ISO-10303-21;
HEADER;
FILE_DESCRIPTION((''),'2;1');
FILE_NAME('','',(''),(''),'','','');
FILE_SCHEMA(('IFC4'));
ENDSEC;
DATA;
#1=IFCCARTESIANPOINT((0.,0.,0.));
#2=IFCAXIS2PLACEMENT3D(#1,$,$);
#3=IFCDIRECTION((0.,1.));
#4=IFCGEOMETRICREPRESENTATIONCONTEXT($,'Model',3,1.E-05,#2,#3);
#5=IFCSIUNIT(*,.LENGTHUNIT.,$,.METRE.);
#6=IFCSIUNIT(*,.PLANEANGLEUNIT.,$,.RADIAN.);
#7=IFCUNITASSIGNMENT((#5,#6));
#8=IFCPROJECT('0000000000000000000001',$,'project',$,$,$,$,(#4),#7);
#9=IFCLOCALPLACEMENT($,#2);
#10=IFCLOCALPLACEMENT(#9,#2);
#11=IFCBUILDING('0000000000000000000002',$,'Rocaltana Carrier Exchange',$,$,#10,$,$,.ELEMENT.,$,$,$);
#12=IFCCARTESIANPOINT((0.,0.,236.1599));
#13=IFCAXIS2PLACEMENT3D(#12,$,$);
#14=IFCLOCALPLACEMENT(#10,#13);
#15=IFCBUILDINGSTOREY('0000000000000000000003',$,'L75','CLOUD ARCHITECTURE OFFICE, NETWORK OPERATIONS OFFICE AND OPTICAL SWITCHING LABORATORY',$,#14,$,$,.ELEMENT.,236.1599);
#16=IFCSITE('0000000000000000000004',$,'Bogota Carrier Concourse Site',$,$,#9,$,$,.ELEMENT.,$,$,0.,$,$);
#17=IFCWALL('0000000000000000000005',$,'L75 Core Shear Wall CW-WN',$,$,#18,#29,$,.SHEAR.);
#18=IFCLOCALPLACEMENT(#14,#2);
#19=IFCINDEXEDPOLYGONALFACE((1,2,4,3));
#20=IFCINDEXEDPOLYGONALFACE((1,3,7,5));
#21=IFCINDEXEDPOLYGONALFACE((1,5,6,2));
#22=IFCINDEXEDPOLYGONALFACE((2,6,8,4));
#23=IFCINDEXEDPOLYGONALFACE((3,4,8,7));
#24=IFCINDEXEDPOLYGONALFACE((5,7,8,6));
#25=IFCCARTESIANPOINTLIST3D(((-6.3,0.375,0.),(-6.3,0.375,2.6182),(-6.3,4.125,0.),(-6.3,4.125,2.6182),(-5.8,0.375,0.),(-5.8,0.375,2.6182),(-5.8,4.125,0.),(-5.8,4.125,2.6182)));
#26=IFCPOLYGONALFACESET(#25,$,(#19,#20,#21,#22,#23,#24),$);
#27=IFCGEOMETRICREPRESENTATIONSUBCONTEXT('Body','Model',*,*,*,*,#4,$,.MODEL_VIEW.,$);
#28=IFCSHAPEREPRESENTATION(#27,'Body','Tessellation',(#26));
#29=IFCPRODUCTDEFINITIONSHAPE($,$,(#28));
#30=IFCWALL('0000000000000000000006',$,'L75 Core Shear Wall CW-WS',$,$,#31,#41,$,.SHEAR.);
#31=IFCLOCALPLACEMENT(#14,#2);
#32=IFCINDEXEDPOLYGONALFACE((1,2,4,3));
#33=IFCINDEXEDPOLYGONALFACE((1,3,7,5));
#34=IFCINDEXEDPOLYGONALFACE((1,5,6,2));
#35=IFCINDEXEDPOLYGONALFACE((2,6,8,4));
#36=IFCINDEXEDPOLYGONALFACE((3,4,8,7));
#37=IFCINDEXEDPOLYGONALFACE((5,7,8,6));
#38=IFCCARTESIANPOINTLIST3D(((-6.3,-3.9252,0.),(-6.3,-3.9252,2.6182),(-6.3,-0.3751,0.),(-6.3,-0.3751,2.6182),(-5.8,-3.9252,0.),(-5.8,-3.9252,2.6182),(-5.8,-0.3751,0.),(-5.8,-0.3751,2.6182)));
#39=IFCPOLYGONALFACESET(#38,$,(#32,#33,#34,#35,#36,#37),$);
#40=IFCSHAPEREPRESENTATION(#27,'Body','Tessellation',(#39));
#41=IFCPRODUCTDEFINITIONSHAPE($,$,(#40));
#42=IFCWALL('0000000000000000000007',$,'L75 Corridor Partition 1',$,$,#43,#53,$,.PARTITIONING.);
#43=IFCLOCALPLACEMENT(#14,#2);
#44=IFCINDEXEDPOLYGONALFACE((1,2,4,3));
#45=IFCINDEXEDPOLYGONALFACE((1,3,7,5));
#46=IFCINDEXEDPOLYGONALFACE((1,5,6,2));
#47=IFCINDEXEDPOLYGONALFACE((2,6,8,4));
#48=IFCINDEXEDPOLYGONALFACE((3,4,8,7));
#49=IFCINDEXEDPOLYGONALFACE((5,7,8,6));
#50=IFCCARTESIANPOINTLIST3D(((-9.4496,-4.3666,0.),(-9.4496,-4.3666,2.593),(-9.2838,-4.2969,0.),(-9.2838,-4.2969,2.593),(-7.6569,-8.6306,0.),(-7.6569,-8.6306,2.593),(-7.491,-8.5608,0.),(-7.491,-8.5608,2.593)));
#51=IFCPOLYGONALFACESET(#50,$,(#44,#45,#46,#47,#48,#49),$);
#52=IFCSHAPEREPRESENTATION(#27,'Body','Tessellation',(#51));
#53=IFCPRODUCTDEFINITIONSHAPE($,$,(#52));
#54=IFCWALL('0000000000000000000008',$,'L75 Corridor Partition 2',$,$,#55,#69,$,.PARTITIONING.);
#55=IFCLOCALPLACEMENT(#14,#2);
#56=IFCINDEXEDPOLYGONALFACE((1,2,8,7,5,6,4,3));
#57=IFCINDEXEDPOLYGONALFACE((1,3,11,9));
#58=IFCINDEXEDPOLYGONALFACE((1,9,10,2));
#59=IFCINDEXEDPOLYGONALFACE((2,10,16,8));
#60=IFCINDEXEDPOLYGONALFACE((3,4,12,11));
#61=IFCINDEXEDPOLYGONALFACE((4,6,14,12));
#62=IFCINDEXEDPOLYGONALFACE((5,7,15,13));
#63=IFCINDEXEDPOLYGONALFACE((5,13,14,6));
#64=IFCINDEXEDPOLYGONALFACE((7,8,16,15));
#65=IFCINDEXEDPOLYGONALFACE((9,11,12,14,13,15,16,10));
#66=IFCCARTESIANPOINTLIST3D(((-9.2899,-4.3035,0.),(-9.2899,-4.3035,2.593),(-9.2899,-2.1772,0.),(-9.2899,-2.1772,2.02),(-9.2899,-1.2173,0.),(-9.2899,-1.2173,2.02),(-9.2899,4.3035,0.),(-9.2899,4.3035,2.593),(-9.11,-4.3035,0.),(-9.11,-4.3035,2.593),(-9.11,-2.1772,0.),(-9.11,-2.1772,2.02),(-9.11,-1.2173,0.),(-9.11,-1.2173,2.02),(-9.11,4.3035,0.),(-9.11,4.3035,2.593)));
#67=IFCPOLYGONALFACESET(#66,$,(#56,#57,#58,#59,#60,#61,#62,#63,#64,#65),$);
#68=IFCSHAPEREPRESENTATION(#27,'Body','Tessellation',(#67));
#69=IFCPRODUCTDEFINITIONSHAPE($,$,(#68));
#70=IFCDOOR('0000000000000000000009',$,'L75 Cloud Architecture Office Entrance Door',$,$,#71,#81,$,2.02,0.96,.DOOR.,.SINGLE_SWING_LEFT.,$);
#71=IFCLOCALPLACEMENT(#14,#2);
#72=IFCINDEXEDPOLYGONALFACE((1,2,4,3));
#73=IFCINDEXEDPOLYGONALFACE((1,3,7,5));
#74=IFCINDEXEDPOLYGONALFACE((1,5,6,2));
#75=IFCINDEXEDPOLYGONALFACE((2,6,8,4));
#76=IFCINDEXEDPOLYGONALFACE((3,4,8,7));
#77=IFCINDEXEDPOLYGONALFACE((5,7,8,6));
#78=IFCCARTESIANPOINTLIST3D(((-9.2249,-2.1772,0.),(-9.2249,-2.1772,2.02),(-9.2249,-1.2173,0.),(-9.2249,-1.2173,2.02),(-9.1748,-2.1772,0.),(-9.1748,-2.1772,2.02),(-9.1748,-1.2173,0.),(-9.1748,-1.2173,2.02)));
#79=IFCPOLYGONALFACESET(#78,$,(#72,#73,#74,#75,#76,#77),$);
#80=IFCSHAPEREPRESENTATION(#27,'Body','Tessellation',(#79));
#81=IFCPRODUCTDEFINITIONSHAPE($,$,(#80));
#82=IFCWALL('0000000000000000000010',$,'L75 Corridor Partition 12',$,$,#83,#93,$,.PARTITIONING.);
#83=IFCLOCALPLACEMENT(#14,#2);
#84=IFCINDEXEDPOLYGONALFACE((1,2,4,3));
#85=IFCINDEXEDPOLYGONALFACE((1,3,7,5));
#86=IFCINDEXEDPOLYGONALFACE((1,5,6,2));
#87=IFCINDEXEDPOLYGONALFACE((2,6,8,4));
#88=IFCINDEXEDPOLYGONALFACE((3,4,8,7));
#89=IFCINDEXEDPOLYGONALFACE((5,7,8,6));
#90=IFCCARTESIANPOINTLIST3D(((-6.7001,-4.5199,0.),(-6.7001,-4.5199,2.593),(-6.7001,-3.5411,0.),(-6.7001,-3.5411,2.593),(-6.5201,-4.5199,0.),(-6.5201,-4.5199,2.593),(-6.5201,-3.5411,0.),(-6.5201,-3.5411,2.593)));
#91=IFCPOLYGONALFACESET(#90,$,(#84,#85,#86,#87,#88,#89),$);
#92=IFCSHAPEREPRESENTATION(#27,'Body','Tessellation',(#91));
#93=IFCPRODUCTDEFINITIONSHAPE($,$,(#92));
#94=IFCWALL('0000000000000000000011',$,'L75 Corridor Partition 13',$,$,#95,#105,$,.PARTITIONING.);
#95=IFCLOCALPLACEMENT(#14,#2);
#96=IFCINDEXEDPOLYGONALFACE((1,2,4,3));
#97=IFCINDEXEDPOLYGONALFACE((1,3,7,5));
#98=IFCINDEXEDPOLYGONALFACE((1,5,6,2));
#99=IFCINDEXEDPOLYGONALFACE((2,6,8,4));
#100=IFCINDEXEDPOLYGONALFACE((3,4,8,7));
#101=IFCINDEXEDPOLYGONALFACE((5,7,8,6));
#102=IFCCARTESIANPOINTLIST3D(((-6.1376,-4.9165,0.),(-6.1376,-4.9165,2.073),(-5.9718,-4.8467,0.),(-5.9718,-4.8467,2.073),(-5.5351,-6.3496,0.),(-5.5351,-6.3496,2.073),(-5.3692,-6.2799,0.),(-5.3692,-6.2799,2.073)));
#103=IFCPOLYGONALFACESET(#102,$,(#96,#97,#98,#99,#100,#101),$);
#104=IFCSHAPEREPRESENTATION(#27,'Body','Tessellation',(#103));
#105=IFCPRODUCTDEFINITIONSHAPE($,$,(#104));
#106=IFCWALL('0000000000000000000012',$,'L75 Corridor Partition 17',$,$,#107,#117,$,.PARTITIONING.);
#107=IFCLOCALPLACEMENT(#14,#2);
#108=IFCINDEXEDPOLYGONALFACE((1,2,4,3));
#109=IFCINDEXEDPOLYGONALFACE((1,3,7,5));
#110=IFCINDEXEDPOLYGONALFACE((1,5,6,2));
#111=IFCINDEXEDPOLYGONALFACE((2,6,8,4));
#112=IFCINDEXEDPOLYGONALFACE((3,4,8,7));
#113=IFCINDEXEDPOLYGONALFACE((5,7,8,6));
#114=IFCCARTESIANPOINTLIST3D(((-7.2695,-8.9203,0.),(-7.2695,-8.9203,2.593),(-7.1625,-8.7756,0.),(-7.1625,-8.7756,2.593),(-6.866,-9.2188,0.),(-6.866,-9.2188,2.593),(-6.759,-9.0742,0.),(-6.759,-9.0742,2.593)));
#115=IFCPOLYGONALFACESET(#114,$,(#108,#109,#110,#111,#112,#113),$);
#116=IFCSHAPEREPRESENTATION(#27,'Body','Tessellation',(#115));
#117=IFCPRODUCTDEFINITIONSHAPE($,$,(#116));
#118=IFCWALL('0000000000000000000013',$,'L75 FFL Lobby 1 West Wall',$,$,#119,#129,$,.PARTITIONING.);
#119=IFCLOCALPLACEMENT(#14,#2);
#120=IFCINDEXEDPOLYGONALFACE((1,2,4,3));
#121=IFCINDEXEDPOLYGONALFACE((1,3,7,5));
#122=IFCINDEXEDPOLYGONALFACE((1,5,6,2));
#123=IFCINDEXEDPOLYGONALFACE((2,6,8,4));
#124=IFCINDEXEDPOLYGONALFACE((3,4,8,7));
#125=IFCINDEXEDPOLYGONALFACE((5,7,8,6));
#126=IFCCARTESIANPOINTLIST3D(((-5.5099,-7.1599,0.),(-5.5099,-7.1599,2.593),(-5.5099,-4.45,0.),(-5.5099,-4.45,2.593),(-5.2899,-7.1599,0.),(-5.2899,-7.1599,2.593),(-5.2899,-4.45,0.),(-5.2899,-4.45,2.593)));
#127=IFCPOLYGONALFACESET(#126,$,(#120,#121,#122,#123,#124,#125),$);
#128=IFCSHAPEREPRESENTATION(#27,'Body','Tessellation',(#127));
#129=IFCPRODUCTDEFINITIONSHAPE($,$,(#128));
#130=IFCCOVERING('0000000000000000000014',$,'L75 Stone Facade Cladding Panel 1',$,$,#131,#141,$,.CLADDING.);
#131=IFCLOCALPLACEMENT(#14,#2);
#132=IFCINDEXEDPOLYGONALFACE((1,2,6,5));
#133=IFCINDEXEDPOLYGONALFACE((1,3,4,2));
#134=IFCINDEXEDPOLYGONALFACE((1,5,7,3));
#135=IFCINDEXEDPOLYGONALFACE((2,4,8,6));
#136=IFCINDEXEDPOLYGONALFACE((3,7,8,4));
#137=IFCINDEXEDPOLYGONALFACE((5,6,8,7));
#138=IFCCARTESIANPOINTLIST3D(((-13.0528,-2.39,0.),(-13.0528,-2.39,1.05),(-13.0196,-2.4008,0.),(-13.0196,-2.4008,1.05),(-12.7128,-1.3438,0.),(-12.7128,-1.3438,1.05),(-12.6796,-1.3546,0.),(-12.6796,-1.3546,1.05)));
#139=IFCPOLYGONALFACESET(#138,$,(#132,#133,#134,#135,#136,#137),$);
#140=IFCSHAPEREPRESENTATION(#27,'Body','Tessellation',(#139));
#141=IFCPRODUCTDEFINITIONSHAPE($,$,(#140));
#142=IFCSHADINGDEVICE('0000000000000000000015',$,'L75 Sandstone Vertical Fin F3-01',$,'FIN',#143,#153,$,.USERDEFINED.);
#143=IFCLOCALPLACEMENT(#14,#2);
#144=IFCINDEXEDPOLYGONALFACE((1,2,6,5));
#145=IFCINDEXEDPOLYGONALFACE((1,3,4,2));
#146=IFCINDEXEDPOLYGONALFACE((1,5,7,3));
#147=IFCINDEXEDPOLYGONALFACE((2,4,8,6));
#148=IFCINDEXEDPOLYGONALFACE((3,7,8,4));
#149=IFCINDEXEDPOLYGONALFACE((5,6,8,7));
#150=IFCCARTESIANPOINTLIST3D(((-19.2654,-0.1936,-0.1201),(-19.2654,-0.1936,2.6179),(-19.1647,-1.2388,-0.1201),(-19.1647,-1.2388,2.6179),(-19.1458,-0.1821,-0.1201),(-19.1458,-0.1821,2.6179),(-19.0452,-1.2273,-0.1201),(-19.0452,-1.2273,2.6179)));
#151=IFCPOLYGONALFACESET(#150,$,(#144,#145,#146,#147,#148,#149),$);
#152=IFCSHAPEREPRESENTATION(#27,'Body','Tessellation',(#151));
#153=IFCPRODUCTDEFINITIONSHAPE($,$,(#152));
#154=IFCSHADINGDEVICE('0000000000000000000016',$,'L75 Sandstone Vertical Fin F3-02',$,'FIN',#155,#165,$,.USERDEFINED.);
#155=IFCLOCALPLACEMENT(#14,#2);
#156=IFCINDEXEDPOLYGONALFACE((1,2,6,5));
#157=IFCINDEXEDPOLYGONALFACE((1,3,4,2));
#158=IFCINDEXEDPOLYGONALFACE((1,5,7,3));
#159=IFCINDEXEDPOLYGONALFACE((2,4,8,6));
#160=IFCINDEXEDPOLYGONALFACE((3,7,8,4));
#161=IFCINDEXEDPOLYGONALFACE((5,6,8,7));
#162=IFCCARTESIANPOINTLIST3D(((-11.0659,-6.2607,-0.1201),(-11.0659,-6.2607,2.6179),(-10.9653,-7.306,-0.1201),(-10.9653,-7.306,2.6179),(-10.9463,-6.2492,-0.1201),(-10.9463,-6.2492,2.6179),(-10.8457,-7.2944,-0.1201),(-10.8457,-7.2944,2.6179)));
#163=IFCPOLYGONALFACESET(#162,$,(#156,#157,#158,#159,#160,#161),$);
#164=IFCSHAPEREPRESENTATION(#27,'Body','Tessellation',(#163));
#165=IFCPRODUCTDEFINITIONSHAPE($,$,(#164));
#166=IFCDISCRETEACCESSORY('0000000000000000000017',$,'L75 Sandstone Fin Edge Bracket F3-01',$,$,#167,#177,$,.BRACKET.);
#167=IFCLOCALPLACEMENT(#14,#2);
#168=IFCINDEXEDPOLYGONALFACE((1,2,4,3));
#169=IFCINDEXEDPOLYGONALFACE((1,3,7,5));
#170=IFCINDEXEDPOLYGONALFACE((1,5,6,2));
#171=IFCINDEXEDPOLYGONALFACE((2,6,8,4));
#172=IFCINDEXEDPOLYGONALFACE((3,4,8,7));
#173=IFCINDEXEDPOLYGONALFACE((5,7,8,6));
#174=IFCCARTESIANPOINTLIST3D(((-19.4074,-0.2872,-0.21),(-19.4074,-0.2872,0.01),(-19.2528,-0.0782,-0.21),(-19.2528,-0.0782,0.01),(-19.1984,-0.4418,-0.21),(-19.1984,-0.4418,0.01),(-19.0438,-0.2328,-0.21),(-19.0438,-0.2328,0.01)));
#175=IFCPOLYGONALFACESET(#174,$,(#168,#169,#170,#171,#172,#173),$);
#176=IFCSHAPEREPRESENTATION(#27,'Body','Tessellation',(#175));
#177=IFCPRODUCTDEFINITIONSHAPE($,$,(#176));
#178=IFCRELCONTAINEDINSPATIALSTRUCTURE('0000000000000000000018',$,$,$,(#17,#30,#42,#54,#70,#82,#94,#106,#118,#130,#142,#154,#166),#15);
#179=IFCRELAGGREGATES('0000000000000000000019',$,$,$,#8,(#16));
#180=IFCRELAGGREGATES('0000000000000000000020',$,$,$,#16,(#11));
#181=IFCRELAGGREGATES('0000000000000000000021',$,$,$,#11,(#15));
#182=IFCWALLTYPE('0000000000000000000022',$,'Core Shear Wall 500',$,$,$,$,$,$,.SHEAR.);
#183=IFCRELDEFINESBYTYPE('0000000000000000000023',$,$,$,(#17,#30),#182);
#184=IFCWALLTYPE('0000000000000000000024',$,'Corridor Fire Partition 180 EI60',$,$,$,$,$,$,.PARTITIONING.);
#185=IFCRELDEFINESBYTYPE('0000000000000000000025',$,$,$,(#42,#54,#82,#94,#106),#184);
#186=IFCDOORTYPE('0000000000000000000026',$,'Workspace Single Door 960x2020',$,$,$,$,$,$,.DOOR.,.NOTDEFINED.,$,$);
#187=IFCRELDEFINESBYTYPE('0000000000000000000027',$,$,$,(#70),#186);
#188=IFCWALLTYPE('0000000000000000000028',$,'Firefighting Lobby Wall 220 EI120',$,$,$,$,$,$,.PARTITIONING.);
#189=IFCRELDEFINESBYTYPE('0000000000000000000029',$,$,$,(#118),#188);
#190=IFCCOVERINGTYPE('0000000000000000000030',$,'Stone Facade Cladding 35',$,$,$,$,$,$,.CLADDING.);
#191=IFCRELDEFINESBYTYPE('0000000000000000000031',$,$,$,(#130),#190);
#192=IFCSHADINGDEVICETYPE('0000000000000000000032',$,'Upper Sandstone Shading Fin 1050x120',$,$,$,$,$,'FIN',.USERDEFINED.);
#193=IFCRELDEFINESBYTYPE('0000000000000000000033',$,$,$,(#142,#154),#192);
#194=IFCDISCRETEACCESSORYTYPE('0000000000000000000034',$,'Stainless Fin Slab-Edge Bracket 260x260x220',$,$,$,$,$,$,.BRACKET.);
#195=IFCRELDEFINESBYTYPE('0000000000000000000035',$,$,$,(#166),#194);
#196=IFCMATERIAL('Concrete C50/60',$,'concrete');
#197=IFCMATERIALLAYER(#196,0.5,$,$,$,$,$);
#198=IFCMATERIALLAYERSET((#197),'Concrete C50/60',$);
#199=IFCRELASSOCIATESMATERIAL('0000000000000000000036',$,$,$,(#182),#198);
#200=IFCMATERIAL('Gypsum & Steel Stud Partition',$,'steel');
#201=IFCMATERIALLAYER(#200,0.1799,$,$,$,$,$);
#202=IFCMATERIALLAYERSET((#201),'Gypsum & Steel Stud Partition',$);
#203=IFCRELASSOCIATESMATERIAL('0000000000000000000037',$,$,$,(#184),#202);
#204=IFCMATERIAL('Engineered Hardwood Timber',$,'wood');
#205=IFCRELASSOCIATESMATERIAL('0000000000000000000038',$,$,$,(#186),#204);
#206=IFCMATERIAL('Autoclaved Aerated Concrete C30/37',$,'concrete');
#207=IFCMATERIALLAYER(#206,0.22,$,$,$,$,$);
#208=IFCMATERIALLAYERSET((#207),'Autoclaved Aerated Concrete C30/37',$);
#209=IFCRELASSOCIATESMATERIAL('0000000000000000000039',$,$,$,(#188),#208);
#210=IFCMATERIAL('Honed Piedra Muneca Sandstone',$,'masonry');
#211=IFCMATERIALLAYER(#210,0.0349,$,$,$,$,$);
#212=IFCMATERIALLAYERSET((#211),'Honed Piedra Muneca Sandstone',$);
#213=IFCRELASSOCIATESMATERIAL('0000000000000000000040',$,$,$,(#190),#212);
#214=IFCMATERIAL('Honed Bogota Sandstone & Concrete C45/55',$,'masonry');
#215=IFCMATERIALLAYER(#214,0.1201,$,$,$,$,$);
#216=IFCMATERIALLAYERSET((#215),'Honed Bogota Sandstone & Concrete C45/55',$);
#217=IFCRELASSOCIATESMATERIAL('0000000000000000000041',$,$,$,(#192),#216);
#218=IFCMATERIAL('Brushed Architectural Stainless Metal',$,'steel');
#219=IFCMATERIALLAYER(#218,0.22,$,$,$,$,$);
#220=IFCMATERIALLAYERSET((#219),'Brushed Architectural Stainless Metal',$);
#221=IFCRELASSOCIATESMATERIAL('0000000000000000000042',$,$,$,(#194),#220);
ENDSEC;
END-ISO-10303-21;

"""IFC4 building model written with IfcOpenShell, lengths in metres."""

from ifc_helpers import new_model, si_unit, direction, frame, frame_2d, origin, origin_2d, place, context, subcontext, project, spatial, rectangle, extrude, material, layer, layer_set, type_object, element, fill, save


model = new_model("IFC4")

# Units and contexts
model_context = context("Model", 3, precision=1e-05, world=origin(), true_north=direction((0.0, 1.0)))
body_context = subcontext(model_context, "Body", "Model", "MODEL_VIEW")
ifc_project = project(units=[si_unit("LENGTHUNIT", "METRE"), si_unit("PLANEANGLEUNIT", "RADIAN")], contexts=[model_context])

# Site, building, storey
site_placement = place(None, origin())
site = spatial("IfcSite", under=ifc_project, at=site_placement, Name="Bogota Carrier Concourse Site", CompositionType="ELEMENT", RefElevation=0.0)
building_placement = place(site_placement, origin())
building = spatial("IfcBuilding", under=site, at=building_placement, Name="Rocaltana Carrier Exchange", CompositionType="ELEMENT")
storey_placement = place(building_placement, frame((0.0, 0.0, 236.1599)))
storey = spatial("IfcBuildingStorey", under=building, at=storey_placement, Name="L75", Description="CLOUD ARCHITECTURE OFFICE, NETWORK OPERATIONS OFFICE AND OPTICAL SWITCHING LABORATORY", CompositionType="ELEMENT", Elevation=236.1599)

# Walls
ifc_material_1 = material(Name="Concrete C50/60", Category="concrete")
ifc_layer_1 = layer(ifc_material_1, 0.5)
ifc_layer_set_1 = layer_set([ifc_layer_1], Name="Concrete C50/60")
wall_type_1 = type_object("IfcWallType", Name="Core Shear Wall 500", PredefinedType="SHEAR", material=ifc_layer_set_1)
wall_1_placement = place(storey_placement, frame((-6.05, 0.375, 0.0), z_axis=(0.0, 0.0, 1.0), x_axis=(0.0, 1.0, 0.0)))
element("IfcWall", 1, at=wall_1_placement, inside=storey, type_object=wall_type_1, Name="L75 Core Shear Wall CW-WN", PredefinedType="SHEAR", context=body_context, shape_type="SweptSolid", body=[
    extrude(rectangle(XDim=3.75, YDim=0.5, at=frame_2d((1.875, 0.0))), origin(), (0.0, 0.0, 1.0), 2.6182),
])
wall_2_placement = place(storey_placement, frame((-6.05, -3.925, 0.0), z_axis=(0.0, 0.0, 1.0), x_axis=(0.0, 1.0, 0.0)))
element("IfcWall", 2, at=wall_2_placement, inside=storey, type_object=wall_type_1, Name="L75 Core Shear Wall CW-WS", PredefinedType="SHEAR", context=body_context, shape_type="SweptSolid", body=[
    extrude(rectangle(XDim=3.55, YDim=0.5, at=frame_2d((1.7749, 0.0))), origin(), (0.0, 0.0, 1.0), 2.6182),
])
ifc_material_2 = material(Name="Gypsum & Steel Stud Partition", Category="steel")
ifc_layer_2 = layer(ifc_material_2, 0.1799)
ifc_layer_set_2 = layer_set([ifc_layer_2], Name="Gypsum & Steel Stud Partition")
wall_type_2 = type_object("IfcWallType", Name="Corridor Fire Partition 180 EI60", PredefinedType="PARTITIONING", material=ifc_layer_set_2)
wall_3_placement = place(storey_placement, frame((-7.574, -8.5957, 0.0), z_axis=(0.0, 0.0, 1.0), x_axis=(-0.387578, 0.921837, 0.0)))
element("IfcWall", 3, at=wall_3_placement, inside=storey, type_object=wall_type_2, Name="L75 Corridor Partition 1", PredefinedType="PARTITIONING", context=body_context, shape_type="SweptSolid", body=[
    extrude(rectangle(XDim=4.6255, YDim=0.1799, at=frame_2d((2.3127, 0.0))), origin(), (0.0, 0.0, 1.0), 2.593),
])

# Wall, opening, door
wall_4_placement = place(storey_placement, frame((-9.2, -4.3035, 0.0), z_axis=(0.0, 0.0, 1.0), x_axis=(0.0, 1.0, 0.0)))
wall_4 = element("IfcWall", 4, at=wall_4_placement, inside=storey, type_object=wall_type_2, Name="L75 Corridor Partition 2", PredefinedType="PARTITIONING", context=body_context, shape_type="SweptSolid", body=[
    extrude(rectangle(XDim=8.6069, YDim=0.1799, at=frame_2d((4.3035, 0.0))), origin(), (0.0, 0.0, 1.0), 2.593),
])
opening_1_placement = place(wall_4_placement, frame((2.1262, 0.0, 0.0)))
opening_1 = element("IfcOpeningElement", 5, at=opening_1_placement, cuts=wall_4, PredefinedType="OPENING", context=body_context, shape_type="SweptSolid", body=[
    extrude(rectangle(XDim=0.96, YDim=2.02, at=frame_2d((0.48, 1.01))), frame((0.0, 0.0999, 0.0), z_axis=(0.0, -1.0, 0.0), x_axis=(1.0, 0.0, 0.0)), (0.0, 0.0, 1.0), 0.2),
])
ifc_material_3 = material(Name="Engineered Hardwood Timber", Category="wood")
door_type_1 = type_object("IfcDoorType", Name="Workspace Single Door 960x2020", OperationType="NOTDEFINED", PredefinedType="DOOR", material=ifc_material_3)
door_1_placement = place(opening_1_placement, origin())
door_1 = element("IfcDoor", 6, at=door_1_placement, inside=storey, type_object=door_type_1, Name="L75 Cloud Architecture Office Entrance Door", OperationType="SINGLE_SWING_LEFT", OverallHeight=2.02, OverallWidth=0.96, PredefinedType="DOOR", context=body_context, shape_type="SweptSolid", body=[
    extrude(rectangle(XDim=0.96, YDim=2.02, at=frame_2d((0.48, 1.01))), frame((0.0, 0.0249, 0.0), z_axis=(0.0, -1.0, 0.0), x_axis=(1.0, 0.0, 0.0)), (0.0, 0.0, 1.0), 0.05),
])
fill(opening_1, door_1)

# Walls
wall_5_placement = place(storey_placement, frame((-6.6101, -3.5413, 0.0), z_axis=(0.0, 0.0, 1.0), x_axis=(0.0, -1.0, 0.0)))
element("IfcWall", 7, at=wall_5_placement, inside=storey, type_object=wall_type_2, Name="L75 Corridor Partition 12", PredefinedType="PARTITIONING", context=body_context, shape_type="SweptSolid", body=[
    extrude(rectangle(XDim=0.9788, YDim=0.1799, at=frame_2d((0.4893, 0.0))), origin(), (0.0, 0.0, 1.0), 2.593),
])
wall_6_placement = place(storey_placement, frame((-6.0547, -4.8816, 0.0), z_axis=(0.0, 0.0, 1.0), x_axis=(0.38758, -0.921836, 0.0)))
element("IfcWall", 8, at=wall_6_placement, inside=storey, type_object=wall_type_2, Name="L75 Corridor Partition 13", PredefinedType="PARTITIONING", context=body_context, shape_type="SweptSolid", body=[
    extrude(rectangle(XDim=1.5547, YDim=0.1799, at=frame_2d((0.7773, 0.0))), origin(), (0.0, 0.0, 1.0), 2.073),
])
wall_7_placement = place(storey_placement, frame((-6.8125, -9.1465, 0.0), z_axis=(0.0, 0.0, 1.0), x_axis=(-0.803893, 0.594774, 0.0)))
element("IfcWall", 9, at=wall_7_placement, inside=storey, type_object=wall_type_2, Name="L75 Corridor Partition 17", PredefinedType="PARTITIONING", context=body_context, shape_type="SweptSolid", body=[
    extrude(rectangle(XDim=0.502, YDim=0.1799, at=frame_2d((0.251, 0.0))), origin(), (0.0, 0.0, 1.0), 2.593),
])
ifc_material_4 = material(Name="Autoclaved Aerated Concrete C30/37", Category="concrete")
ifc_layer_3 = layer(ifc_material_4, 0.22)
ifc_layer_set_3 = layer_set([ifc_layer_3], Name="Autoclaved Aerated Concrete C30/37")
wall_type_3 = type_object("IfcWallType", Name="Firefighting Lobby Wall 220 EI120", PredefinedType="PARTITIONING", material=ifc_layer_set_3)
wall_8_placement = place(storey_placement, frame((-5.3999, -7.1599, 0.0), z_axis=(0.0, 0.0, 1.0), x_axis=(0.0, 1.0, 0.0)))
element("IfcWall", 10, at=wall_8_placement, inside=storey, type_object=wall_type_3, Name="L75 FFL Lobby 1 West Wall", PredefinedType="PARTITIONING", context=body_context, shape_type="SweptSolid", body=[
    extrude(rectangle(XDim=2.71, YDim=0.22, at=frame_2d((1.355, 0.0))), origin(), (0.0, 0.0, 1.0), 2.593),
])

# Covering
ifc_material_5 = material(Name="Honed Piedra Muneca Sandstone", Category="masonry")
ifc_layer_4 = layer(ifc_material_5, 0.0349)
ifc_layer_set_4 = layer_set([ifc_layer_4], Name="Honed Piedra Muneca Sandstone")
covering_type = type_object("IfcCoveringType", Name="Stone Facade Cladding 35", PredefinedType="CLADDING", material=ifc_layer_set_4)
covering_placement = place(storey_placement, frame((-12.8662, -1.8723, 0.0), z_axis=(0.0, 0.0, 1.0), x_axis=(0.309017, 0.951057, 0.0)))
element("IfcCovering", 11, at=covering_placement, inside=storey, type_object=covering_type, Name="L75 Stone Facade Cladding Panel 1", PredefinedType="CLADDING", context=body_context, shape_type="SweptSolid", body=[
    extrude(rectangle(XDim=1.1001, YDim=0.0349, at=origin_2d()), origin(), (0.0, 0.0, 1.0), 1.05),
])

# Shading devices
ifc_material_6 = material(Name="Honed Bogota Sandstone & Concrete C45/55", Category="masonry")
ifc_layer_5 = layer(ifc_material_6, 0.1201)
ifc_layer_set_5 = layer_set([ifc_layer_5], Name="Honed Bogota Sandstone & Concrete C45/55")
shading_device_type = type_object("IfcShadingDeviceType", Name="Upper Sandstone Shading Fin 1050x120", ElementType="FIN", PredefinedType="USERDEFINED", material=ifc_layer_set_5)
for number, where, z_axis, x_axis, name in (
    (12, (-19.1553, -0.7104, -0.1201), (0.0, 0.0, 1.0), (0.095846, -0.995396, 0.0), "L75 Sandstone Vertical Fin F3-01"),
    (13, (-10.9558, -6.7776, -0.1201), (0.0, 0.0, 1.0), (0.095846, -0.995396, 0.0), "L75 Sandstone Vertical Fin F3-02"),
):
    element("IfcShadingDevice", number, at=place(storey_placement, frame(where, z_axis=z_axis, x_axis=x_axis)), inside=storey, type_object=shading_device_type, Name=name, ObjectType="FIN", PredefinedType="USERDEFINED", context=body_context, shape_type="SweptSolid", body=[
        extrude(rectangle(XDim=1.05, YDim=0.1201, at=origin_2d()), origin(), (0.0, 0.0, 1.0), 2.738),
    ])

# Discrete accessory
ifc_material_7 = material(Name="Brushed Architectural Stainless Metal", Category="steel")
ifc_layer_6 = layer(ifc_material_7, 0.22)
ifc_layer_set_6 = layer_set([ifc_layer_6], Name="Brushed Architectural Stainless Metal")
discrete_accessory_type = type_object("IfcDiscreteAccessoryType", Name="Stainless Fin Slab-Edge Bracket 260x260x220", PredefinedType="BRACKET", material=ifc_layer_set_6)
for number, where, z_axis, x_axis, name in (
    (14, (-19.2256, -0.26, -0.21), (0.0, 0.0, 1.0), (0.803857, -0.594823, 0.0), "L75 Sandstone Fin Edge Bracket F3-01"),
):
    element("IfcDiscreteAccessory", number, at=place(storey_placement, frame(where, z_axis=z_axis, x_axis=x_axis)), inside=storey, type_object=discrete_accessory_type, Name=name, PredefinedType="BRACKET", context=body_context, shape_type="SweptSolid", body=[
        extrude(rectangle(XDim=0.26, YDim=0.26, at=origin_2d()), origin(), (0.0, 0.0, 1.0), 0.22),
    ])

save(model, "model.ifc")
